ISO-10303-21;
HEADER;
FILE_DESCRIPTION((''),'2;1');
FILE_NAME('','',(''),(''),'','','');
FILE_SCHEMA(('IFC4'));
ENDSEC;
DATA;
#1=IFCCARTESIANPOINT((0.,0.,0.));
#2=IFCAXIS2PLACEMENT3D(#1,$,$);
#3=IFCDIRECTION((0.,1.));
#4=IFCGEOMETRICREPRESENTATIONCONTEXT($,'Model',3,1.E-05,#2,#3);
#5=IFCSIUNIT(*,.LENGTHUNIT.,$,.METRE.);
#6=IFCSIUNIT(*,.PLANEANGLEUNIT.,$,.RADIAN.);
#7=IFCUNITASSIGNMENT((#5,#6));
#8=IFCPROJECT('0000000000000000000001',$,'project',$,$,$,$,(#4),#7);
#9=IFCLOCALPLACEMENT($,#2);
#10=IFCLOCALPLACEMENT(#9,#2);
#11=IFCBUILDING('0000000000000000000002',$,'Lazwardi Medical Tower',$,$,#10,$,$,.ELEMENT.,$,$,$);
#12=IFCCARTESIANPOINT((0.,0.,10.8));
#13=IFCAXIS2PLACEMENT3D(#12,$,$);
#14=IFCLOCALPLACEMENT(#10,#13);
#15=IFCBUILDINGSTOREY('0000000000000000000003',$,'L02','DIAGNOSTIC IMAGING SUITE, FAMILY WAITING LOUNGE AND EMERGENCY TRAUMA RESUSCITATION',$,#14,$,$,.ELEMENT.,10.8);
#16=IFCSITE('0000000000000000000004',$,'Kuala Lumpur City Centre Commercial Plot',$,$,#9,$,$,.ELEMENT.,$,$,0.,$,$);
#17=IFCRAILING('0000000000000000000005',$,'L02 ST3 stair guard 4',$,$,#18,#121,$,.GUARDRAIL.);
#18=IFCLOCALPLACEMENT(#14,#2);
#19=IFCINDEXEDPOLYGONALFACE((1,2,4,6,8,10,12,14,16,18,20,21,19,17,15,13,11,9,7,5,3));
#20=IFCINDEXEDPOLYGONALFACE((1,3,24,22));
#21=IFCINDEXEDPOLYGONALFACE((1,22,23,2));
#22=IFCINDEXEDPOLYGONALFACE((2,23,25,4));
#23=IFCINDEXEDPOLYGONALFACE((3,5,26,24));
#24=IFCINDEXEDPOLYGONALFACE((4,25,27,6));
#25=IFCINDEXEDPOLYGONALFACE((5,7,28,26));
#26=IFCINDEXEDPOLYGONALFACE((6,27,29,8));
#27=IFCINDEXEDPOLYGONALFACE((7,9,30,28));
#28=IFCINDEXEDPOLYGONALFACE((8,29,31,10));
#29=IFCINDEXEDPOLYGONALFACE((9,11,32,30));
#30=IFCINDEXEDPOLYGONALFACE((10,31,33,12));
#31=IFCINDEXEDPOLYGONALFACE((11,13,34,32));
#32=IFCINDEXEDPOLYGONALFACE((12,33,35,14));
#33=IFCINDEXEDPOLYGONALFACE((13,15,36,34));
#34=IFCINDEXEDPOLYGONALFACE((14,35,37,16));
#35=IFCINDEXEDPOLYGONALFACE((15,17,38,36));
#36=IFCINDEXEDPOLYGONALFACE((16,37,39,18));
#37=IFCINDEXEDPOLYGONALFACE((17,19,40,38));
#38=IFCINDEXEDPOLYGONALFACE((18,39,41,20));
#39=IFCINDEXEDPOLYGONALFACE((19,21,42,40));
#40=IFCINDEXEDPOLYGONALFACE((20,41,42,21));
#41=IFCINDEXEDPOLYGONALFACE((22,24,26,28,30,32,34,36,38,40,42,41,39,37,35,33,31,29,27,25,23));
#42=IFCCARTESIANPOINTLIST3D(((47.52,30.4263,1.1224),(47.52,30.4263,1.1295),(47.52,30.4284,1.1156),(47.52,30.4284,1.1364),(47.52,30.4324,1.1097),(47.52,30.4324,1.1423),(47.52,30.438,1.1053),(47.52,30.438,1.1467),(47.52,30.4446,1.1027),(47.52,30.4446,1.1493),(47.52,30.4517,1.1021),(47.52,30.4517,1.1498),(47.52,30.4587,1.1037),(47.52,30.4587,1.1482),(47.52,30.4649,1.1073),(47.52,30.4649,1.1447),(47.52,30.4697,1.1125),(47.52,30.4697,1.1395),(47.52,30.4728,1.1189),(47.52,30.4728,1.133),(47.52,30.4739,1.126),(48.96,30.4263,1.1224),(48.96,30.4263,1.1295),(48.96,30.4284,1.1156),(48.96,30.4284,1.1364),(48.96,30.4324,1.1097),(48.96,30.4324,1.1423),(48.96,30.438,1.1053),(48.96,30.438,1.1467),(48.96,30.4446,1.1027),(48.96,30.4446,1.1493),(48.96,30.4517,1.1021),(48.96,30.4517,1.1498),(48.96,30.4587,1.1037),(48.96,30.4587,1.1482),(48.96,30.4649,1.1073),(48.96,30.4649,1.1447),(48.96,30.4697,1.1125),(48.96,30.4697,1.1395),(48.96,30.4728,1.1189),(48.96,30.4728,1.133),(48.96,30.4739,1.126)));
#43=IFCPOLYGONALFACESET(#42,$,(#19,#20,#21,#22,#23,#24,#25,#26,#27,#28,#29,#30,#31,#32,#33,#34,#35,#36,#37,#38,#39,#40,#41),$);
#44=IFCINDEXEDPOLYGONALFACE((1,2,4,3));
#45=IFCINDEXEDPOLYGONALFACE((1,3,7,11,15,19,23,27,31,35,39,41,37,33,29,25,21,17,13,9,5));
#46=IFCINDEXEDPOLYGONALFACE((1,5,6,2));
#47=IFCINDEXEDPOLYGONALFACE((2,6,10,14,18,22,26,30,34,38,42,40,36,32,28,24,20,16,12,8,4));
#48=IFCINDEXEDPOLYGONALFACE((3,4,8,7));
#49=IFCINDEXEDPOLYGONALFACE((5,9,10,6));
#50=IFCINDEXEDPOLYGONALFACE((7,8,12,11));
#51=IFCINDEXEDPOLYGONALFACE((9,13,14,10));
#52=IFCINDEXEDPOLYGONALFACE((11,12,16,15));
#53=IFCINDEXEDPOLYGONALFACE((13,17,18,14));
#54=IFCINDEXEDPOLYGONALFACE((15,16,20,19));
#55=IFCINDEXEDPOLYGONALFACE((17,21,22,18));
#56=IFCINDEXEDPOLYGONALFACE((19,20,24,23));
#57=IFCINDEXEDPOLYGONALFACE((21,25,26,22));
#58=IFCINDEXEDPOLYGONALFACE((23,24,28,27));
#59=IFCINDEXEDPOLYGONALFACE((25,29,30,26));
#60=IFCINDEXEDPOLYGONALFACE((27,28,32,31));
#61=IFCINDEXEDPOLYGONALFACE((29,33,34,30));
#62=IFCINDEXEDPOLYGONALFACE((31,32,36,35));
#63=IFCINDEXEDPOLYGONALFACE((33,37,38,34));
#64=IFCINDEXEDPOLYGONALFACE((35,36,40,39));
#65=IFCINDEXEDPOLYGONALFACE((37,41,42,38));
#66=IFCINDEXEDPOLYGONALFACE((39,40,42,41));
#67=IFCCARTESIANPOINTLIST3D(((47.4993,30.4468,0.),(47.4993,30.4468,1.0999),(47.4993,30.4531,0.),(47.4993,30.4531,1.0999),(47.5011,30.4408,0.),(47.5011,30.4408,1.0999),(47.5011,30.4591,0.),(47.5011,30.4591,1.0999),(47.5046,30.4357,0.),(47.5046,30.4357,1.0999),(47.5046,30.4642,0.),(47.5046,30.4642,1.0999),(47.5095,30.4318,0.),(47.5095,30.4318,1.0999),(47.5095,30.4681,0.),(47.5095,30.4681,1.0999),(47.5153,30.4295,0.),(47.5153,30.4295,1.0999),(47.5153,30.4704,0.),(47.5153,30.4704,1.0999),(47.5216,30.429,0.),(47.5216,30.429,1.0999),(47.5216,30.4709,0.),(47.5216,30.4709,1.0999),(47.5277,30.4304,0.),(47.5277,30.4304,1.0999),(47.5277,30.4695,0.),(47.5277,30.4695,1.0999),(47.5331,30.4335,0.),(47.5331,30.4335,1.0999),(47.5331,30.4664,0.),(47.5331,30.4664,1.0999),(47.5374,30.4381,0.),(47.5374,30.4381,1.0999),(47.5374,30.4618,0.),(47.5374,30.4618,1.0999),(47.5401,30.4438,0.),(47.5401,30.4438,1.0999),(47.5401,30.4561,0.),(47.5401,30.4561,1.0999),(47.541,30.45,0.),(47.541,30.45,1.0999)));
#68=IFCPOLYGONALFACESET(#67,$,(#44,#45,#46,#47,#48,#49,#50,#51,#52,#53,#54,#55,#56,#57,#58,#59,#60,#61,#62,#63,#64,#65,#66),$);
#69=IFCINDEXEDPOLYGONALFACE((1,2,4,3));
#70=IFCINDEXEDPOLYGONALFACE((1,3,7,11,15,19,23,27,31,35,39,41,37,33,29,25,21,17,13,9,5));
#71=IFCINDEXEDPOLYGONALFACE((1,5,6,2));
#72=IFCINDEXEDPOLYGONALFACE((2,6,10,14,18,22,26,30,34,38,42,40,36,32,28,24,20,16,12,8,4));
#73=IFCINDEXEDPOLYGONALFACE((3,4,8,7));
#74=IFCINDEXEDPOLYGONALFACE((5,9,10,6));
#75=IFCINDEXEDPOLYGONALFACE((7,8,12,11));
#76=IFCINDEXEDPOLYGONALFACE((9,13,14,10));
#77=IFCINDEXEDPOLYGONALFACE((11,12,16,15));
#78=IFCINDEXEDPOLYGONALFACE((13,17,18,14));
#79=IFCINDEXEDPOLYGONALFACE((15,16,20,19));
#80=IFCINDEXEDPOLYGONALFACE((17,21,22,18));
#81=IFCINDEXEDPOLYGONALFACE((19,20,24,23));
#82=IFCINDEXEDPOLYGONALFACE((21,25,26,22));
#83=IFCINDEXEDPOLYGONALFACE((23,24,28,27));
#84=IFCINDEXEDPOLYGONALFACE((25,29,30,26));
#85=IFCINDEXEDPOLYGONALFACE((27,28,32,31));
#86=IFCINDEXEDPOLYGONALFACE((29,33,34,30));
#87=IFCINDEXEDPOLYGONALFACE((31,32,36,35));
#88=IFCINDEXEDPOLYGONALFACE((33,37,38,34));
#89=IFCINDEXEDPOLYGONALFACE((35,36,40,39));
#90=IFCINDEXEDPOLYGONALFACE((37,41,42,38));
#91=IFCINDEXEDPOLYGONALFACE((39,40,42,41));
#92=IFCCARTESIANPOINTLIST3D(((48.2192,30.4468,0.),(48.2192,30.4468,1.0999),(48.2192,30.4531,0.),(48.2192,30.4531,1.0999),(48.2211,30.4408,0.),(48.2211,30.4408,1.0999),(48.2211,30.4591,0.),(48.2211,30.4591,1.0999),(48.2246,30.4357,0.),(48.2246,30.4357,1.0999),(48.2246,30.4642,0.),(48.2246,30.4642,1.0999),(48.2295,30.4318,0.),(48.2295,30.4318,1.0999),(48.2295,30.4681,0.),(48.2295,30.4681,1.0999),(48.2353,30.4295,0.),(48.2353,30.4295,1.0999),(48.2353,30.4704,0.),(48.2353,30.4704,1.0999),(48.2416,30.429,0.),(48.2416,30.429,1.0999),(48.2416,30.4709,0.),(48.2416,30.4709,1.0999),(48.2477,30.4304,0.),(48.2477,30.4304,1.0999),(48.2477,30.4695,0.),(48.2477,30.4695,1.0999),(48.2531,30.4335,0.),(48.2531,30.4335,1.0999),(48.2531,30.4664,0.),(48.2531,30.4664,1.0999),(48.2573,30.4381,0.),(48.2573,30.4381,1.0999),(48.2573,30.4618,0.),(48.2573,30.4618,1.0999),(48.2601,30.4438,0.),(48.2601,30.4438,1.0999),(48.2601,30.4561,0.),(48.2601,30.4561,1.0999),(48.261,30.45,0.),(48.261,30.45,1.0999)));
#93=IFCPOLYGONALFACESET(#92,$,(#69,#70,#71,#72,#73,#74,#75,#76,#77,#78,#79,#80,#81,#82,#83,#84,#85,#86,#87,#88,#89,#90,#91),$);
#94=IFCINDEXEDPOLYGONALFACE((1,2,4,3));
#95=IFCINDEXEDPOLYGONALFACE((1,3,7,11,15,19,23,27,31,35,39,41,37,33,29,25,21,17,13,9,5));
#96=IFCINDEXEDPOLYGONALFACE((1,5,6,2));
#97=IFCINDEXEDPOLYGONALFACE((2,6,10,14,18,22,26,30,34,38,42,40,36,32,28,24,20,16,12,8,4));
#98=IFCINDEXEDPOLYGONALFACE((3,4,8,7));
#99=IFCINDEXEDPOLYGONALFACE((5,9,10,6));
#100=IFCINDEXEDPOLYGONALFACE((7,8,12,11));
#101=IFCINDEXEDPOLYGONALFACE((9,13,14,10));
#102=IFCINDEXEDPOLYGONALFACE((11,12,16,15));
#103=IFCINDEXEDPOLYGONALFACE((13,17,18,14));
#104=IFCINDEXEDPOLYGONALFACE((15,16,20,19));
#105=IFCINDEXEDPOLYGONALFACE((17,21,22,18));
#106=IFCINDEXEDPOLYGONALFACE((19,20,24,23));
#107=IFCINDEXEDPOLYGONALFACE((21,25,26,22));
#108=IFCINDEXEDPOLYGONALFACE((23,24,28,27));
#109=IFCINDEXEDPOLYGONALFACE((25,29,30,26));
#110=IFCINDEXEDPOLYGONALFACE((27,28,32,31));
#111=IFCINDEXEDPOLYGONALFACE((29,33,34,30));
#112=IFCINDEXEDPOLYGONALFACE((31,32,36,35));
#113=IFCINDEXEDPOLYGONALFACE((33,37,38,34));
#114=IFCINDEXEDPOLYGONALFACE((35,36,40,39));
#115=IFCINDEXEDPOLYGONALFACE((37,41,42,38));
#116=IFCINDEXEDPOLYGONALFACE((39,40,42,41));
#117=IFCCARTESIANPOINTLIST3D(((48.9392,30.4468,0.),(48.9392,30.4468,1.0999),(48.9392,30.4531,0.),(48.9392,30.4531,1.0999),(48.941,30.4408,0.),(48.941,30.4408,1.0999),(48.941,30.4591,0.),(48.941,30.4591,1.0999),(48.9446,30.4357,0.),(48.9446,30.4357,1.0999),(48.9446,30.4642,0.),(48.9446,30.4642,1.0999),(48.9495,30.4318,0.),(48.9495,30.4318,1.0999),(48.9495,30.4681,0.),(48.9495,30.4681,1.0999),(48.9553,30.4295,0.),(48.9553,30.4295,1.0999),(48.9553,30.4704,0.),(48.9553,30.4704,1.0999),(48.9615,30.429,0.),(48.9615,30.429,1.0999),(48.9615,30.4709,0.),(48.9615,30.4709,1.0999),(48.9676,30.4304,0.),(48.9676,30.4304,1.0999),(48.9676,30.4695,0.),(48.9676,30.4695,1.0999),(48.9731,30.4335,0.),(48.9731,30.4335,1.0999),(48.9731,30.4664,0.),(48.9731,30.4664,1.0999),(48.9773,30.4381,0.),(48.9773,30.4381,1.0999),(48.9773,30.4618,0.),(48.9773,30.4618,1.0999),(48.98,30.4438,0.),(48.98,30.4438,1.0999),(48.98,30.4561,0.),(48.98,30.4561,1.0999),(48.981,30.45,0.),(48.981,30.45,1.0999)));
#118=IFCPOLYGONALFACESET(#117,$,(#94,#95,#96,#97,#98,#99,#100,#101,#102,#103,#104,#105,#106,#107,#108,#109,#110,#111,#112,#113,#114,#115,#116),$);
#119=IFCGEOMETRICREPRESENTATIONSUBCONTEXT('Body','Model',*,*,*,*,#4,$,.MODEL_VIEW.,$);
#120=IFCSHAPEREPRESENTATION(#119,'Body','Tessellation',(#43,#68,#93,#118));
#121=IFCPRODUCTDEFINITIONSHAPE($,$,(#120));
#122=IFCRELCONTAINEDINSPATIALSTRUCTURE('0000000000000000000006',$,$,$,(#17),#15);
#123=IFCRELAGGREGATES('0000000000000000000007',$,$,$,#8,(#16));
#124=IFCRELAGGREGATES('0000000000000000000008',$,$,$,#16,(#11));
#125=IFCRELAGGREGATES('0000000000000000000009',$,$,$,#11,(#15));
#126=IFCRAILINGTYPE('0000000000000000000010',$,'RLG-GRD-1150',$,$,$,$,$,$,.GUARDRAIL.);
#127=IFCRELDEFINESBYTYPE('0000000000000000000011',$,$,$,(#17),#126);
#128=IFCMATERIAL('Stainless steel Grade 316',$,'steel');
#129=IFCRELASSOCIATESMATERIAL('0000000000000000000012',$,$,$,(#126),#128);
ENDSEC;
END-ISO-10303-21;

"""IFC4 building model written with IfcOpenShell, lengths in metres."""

from ifc_helpers import new_model, si_unit, direction, frame, origin, origin_2d, place, context, subcontext, project, spatial, circle, extrude, material, type_object, element, save


model = new_model("IFC4")

# Units and contexts
model_context = context("Model", 3, precision=1e-05, world=origin(), true_north=direction((0.0, 1.0)))
body_context = subcontext(model_context, "Body", "Model", "MODEL_VIEW")
ifc_project = project(units=[si_unit("LENGTHUNIT", "METRE"), si_unit("PLANEANGLEUNIT", "RADIAN")], contexts=[model_context])

# Site, building, storey
site_placement = place(None, origin())
site = spatial("IfcSite", under=ifc_project, at=site_placement, Name="Kuala Lumpur City Centre Commercial Plot", CompositionType="ELEMENT", RefElevation=0.0)
building_placement = place(site_placement, origin())
building = spatial("IfcBuilding", under=site, at=building_placement, Name="Lazwardi Medical Tower", CompositionType="ELEMENT")
storey_placement = place(building_placement, frame((0.0, 0.0, 10.8)))
storey = spatial("IfcBuildingStorey", under=building, at=storey_placement, Name="L02", Description="DIAGNOSTIC IMAGING SUITE, FAMILY WAITING LOUNGE AND EMERGENCY TRAUMA RESUSCITATION", CompositionType="ELEMENT", Elevation=10.8)

# Railing
ifc_material_1 = material(Name="Stainless steel Grade 316", Category="steel")
railing_type_1 = type_object("IfcRailingType", Name="RLG-GRD-1150", PredefinedType="GUARDRAIL", material=ifc_material_1)
railing_1_placement = place(storey_placement, frame((47.52, 30.45, 0.0)))
element("IfcRailing", 1, at=railing_1_placement, inside=storey, type_object=railing_type_1, Name="L02 ST3 stair guard 4", PredefinedType="GUARDRAIL", context=body_context, shape_type="SweptSolid", body=[
    extrude(circle(Radius=0.0239, at=origin_2d()), frame((0.0, 0.0, 1.126), z_axis=(1.0, 0.0, 0.0), x_axis=(0.0, 1.0, 0.0)), (0.0, 0.0, 1.0), 1.4399),
    extrude(circle(Radius=0.021, at=origin_2d()), origin(), (0.0, 0.0, 1.0), 1.0999),
    extrude(circle(Radius=0.021, at=origin_2d()), frame((0.72, 0.0, 0.0)), (0.0, 0.0, 1.0), 1.0999),
    extrude(circle(Radius=0.021, at=origin_2d()), frame((1.4399, 0.0, 0.0)), (0.0, 0.0, 1.0), 1.0999),
])

save(model, "model.ifc")
